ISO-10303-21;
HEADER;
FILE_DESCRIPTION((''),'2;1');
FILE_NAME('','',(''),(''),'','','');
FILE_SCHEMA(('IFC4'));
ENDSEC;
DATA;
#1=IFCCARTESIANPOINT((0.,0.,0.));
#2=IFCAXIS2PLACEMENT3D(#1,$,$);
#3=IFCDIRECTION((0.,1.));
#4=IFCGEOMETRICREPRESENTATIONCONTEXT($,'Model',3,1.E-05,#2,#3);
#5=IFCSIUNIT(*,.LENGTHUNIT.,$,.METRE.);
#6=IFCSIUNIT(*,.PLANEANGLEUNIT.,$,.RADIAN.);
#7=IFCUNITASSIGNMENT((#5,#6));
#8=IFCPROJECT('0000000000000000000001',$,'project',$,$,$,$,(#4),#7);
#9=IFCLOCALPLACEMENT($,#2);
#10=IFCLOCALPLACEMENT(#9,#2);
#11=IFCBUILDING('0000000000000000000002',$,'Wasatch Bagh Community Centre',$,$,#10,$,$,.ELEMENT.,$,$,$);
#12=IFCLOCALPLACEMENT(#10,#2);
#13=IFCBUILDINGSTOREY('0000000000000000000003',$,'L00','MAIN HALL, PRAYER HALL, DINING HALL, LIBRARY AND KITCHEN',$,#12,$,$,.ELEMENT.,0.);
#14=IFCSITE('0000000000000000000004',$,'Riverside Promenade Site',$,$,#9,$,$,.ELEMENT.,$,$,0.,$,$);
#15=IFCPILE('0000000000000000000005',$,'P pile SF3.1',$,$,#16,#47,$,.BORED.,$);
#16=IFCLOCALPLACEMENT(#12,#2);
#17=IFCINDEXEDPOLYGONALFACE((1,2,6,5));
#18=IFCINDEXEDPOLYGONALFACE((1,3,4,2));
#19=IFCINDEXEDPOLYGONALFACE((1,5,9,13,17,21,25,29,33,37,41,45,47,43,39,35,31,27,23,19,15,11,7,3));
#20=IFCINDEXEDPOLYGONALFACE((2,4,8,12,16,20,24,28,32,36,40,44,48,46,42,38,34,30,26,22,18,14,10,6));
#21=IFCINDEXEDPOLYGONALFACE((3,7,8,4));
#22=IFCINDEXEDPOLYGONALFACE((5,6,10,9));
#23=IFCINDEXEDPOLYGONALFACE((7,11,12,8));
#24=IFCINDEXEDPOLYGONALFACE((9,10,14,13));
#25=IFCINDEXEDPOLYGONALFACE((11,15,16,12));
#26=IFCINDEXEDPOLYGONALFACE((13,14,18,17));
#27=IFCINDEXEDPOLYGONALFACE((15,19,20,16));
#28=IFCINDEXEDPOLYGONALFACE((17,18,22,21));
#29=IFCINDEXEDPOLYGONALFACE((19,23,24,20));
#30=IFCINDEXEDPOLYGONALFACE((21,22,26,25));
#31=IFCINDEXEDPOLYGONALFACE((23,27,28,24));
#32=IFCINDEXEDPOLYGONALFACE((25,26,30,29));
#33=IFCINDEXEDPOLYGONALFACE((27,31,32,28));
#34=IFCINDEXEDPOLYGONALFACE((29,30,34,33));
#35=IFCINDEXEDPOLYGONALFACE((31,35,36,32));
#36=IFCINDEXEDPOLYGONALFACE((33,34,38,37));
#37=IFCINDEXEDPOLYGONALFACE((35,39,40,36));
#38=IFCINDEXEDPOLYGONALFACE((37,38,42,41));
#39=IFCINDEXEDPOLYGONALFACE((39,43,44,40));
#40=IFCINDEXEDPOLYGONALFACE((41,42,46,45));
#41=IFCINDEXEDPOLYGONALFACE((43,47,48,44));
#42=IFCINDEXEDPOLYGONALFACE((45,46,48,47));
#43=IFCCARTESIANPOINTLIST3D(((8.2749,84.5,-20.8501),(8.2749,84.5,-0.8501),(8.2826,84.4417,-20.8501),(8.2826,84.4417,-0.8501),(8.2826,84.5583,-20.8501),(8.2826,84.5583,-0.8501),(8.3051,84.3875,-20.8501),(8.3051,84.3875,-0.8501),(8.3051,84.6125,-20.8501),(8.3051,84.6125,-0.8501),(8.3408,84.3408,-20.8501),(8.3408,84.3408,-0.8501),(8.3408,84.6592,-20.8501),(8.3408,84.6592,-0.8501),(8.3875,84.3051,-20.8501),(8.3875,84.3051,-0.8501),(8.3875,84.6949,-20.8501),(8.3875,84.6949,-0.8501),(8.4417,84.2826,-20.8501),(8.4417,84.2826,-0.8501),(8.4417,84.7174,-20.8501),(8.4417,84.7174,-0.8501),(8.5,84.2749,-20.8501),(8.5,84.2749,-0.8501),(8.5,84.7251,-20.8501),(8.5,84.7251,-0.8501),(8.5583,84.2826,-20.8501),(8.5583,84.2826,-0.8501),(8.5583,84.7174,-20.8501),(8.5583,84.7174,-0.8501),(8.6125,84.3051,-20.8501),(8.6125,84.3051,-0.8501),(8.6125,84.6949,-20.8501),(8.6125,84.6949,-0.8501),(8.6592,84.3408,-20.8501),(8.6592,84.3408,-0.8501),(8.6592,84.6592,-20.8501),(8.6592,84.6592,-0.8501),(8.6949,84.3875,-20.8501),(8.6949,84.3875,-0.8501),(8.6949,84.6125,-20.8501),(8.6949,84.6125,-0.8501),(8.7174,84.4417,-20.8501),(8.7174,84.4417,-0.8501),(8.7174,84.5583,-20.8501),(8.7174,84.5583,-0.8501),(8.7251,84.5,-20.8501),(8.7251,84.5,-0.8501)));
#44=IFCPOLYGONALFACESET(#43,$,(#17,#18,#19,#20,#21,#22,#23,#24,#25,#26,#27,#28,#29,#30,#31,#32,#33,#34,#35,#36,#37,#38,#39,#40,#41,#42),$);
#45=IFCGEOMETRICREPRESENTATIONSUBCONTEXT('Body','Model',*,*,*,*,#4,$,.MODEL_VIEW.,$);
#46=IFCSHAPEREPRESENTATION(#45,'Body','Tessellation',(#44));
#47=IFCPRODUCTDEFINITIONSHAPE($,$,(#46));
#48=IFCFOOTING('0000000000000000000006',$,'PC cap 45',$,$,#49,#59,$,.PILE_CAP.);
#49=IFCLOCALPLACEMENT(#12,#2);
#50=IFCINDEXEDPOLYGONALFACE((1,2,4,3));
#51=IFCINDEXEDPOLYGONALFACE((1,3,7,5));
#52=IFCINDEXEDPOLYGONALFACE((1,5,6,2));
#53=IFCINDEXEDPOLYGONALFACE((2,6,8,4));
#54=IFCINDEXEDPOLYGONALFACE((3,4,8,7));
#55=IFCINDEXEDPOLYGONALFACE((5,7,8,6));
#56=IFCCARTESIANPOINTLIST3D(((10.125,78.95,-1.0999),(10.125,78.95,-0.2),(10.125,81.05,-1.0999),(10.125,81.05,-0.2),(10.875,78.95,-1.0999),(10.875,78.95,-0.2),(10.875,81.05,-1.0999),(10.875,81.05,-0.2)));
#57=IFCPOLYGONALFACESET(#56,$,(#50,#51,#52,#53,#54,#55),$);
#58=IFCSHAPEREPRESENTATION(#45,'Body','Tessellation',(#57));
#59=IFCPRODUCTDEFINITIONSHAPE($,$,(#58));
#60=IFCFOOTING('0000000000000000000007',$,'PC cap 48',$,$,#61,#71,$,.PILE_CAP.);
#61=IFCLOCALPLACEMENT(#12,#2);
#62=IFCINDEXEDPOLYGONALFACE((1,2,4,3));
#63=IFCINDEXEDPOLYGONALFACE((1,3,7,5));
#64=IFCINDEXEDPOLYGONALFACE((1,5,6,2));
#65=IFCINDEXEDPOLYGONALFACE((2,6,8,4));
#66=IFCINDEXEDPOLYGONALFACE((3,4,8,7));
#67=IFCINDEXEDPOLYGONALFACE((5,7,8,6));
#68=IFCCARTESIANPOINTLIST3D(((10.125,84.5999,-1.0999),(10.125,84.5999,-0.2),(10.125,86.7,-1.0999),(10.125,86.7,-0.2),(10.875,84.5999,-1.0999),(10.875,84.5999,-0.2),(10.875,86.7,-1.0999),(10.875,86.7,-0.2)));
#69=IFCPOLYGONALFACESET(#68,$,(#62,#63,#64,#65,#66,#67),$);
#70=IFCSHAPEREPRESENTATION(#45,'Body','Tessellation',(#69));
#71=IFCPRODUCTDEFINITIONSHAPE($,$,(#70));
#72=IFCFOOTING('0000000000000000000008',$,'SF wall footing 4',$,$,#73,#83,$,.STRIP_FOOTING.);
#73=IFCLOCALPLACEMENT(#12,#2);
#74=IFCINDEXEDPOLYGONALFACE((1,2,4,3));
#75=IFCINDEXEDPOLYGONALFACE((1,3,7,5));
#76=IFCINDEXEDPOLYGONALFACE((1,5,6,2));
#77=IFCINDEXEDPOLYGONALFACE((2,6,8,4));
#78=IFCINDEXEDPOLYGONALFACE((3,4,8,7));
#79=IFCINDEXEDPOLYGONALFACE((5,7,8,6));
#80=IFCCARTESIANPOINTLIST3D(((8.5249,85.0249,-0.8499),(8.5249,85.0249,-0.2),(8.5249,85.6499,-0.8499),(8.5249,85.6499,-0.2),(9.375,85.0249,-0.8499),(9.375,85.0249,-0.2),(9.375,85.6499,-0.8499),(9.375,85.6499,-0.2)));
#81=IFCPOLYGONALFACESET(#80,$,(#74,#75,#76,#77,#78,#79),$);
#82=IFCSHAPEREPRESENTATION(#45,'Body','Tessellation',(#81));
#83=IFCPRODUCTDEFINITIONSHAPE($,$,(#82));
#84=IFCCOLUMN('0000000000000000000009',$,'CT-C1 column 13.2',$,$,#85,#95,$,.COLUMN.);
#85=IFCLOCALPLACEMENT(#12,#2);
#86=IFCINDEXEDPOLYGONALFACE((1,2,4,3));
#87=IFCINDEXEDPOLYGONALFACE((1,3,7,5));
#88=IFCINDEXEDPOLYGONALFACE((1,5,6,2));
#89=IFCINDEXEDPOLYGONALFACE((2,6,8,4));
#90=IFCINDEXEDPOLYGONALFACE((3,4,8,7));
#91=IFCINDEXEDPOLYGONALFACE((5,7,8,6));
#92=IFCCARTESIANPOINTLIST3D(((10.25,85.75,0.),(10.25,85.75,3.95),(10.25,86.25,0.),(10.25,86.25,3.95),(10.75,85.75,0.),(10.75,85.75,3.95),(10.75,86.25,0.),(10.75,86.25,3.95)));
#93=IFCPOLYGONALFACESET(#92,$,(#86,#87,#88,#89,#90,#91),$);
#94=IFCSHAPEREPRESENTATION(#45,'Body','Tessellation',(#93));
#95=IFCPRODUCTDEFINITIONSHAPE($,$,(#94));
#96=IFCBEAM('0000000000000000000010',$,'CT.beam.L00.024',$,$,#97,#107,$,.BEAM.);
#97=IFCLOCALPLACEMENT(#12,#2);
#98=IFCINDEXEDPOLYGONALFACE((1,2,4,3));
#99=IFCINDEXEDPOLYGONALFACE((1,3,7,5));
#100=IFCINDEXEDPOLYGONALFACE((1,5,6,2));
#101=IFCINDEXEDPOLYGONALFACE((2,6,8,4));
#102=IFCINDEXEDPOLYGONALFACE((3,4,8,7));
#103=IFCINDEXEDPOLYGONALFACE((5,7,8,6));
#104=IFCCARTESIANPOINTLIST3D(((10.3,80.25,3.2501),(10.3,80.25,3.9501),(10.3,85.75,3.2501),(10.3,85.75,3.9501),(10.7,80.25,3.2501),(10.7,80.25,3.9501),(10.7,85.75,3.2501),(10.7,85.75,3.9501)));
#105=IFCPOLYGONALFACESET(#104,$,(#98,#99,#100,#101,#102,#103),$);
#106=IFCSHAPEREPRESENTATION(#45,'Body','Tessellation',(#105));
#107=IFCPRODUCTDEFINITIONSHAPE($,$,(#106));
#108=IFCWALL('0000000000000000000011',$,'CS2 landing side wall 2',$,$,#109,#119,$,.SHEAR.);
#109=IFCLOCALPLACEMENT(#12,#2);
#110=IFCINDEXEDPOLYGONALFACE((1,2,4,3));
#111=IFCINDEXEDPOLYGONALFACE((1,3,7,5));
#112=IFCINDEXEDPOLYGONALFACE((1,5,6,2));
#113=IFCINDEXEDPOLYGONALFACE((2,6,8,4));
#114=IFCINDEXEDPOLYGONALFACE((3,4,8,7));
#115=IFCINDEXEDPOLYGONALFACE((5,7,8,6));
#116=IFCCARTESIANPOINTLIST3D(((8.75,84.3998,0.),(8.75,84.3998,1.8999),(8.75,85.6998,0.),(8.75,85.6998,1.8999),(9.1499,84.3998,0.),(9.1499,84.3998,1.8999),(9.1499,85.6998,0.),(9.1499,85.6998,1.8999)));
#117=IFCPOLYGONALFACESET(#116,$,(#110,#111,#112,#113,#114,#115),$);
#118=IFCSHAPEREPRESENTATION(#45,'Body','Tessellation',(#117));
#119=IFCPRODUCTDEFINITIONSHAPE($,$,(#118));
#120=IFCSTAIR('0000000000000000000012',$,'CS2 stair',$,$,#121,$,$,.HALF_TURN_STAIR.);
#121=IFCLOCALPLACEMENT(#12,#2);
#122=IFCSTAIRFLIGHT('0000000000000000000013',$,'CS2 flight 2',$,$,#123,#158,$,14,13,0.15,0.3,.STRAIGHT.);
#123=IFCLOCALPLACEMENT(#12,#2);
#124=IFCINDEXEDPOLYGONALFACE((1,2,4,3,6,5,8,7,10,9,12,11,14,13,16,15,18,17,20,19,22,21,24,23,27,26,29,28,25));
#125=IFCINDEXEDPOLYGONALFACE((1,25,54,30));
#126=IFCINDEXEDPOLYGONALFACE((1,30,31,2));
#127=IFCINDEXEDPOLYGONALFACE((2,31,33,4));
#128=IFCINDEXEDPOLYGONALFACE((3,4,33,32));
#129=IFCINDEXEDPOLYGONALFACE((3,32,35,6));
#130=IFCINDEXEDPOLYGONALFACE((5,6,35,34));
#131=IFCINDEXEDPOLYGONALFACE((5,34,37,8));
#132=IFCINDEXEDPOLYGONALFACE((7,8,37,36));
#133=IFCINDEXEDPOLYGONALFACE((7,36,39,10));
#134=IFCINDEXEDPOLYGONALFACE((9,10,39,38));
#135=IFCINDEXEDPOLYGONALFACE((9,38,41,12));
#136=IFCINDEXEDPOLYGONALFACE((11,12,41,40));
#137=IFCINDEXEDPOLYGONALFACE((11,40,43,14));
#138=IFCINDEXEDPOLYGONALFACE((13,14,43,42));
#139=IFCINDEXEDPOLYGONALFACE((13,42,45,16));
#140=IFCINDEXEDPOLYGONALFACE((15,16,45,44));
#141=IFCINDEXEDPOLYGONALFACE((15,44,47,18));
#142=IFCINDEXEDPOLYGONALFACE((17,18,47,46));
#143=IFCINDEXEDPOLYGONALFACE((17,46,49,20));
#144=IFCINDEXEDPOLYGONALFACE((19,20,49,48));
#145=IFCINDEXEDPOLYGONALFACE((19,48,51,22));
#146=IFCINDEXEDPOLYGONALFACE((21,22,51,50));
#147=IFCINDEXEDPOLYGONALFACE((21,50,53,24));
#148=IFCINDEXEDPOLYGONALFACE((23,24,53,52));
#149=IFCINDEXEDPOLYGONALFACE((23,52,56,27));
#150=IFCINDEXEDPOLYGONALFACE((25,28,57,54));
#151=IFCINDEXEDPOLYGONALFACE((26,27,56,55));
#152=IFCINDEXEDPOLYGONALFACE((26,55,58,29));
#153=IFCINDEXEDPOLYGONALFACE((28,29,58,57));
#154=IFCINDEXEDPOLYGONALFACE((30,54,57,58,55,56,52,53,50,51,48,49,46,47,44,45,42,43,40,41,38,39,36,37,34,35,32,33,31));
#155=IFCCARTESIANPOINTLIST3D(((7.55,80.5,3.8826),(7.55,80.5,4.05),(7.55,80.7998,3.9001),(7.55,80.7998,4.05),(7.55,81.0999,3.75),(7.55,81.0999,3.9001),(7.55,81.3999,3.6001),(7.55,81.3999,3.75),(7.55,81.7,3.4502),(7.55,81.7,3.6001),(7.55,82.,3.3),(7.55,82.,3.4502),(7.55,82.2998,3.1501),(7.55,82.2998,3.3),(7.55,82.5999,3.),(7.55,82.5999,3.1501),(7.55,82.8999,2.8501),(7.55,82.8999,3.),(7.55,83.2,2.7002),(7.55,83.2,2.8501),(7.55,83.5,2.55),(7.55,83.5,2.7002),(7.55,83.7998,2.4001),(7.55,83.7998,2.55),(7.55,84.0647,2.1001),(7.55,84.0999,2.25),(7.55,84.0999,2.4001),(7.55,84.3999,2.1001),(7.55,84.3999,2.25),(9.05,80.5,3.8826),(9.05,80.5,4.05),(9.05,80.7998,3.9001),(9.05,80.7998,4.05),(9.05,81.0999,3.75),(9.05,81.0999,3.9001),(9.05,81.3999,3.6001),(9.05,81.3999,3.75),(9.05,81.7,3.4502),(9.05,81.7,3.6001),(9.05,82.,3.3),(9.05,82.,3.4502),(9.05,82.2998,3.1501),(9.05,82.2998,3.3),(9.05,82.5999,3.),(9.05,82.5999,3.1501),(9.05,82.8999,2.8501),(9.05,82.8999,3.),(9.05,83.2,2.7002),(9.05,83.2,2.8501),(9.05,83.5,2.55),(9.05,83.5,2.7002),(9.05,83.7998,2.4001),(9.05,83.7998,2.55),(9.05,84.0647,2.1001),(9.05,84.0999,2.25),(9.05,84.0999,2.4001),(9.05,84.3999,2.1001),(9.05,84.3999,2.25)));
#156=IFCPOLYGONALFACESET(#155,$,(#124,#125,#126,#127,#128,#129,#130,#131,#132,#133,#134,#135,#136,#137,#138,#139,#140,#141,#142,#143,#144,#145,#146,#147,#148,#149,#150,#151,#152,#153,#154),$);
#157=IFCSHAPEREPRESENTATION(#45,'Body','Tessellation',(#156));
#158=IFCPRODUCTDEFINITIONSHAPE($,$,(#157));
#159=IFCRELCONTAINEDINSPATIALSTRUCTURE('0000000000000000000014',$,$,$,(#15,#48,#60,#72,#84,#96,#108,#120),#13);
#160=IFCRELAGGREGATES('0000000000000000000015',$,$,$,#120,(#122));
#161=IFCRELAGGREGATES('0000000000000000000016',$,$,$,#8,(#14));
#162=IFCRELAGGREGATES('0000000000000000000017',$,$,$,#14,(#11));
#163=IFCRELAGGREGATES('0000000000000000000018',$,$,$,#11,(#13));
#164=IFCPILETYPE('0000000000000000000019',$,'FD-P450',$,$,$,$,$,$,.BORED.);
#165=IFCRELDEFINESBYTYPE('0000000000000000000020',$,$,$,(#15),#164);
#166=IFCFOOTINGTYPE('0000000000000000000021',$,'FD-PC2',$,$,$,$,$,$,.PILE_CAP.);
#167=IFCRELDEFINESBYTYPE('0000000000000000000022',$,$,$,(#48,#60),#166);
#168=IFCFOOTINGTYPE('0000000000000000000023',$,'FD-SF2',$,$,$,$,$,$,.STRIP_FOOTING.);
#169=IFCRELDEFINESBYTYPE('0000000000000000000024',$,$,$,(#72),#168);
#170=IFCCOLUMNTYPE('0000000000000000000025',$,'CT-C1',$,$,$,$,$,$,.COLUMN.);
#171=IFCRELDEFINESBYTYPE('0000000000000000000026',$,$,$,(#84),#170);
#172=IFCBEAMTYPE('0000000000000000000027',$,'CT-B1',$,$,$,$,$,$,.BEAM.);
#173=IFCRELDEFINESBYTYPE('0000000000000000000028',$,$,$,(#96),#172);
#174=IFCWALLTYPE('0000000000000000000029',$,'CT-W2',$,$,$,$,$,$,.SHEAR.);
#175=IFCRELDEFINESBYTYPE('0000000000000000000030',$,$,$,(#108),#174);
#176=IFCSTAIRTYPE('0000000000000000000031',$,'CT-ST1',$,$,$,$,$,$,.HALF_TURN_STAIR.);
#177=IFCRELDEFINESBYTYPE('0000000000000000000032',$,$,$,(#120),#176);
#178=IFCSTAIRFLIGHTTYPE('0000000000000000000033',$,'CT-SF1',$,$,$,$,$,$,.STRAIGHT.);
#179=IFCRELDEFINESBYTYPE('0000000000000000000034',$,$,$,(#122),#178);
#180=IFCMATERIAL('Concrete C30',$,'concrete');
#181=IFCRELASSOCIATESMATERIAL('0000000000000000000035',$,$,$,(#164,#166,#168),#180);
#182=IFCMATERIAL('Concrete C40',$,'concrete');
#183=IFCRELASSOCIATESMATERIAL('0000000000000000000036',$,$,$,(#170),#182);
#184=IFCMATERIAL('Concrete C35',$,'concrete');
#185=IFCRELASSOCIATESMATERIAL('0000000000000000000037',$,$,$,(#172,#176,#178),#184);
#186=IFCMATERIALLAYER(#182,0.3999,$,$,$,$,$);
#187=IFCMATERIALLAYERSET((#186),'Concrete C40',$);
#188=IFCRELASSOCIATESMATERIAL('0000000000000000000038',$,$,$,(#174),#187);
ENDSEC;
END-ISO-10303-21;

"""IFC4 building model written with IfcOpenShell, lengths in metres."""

from ifc_helpers import new_model, si_unit, direction, frame, frame_2d, origin, origin_2d, place, context, subcontext, project, spatial, polyline, rectangle, circle, outline, extrude, material, layer, layer_set, material_profile, profile_set, type_object, element, aggregate, save


model = new_model("IFC4")

# Units and contexts
model_context = context("Model", 3, precision=1e-05, world=origin(), true_north=direction((0.0, 1.0)))
body_context = subcontext(model_context, "Body", "Model", "MODEL_VIEW")
ifc_project = project(units=[si_unit("LENGTHUNIT", "METRE"), si_unit("PLANEANGLEUNIT", "RADIAN")], contexts=[model_context])

# Site, building, storey
site_placement = place(None, origin())
site = spatial("IfcSite", under=ifc_project, at=site_placement, Name="Riverside Promenade Site", CompositionType="ELEMENT", RefElevation=0.0)
building_placement = place(site_placement, origin())
building = spatial("IfcBuilding", under=site, at=building_placement, Name="Wasatch Bagh Community Centre", CompositionType="ELEMENT")
storey_placement = place(building_placement, origin())
storey = spatial("IfcBuildingStorey", under=building, at=storey_placement, Name="L00", Description="MAIN HALL, PRAYER HALL, DINING HALL, LIBRARY AND KITCHEN", CompositionType="ELEMENT", Elevation=0.0)

# Shared definitions
ifc_material_1 = material(Name="Concrete C35", Category="concrete")

# Pile
ifc_material_2 = material(Name="Concrete C30", Category="concrete")
ifc_material_profile_1 = material_profile(ifc_material_2, circle(Radius=0.2251, at=origin_2d()), Name="RC D450")
ifc_profile_set_1 = profile_set([ifc_material_profile_1], Name="Concrete C30")
pile_type = type_object("IfcPileType", Name="FD-P450", PredefinedType="BORED", material=ifc_profile_set_1)
for number, where, z_axis, x_axis, name in (
    (1, (8.5, 84.5, -0.8501), (0.0, 0.0, -1.0), (1.0, 0.0, 0.0), "P pile SF3.1"),
):
    element("IfcPile", number, at=place(storey_placement, frame(where, z_axis=z_axis, x_axis=x_axis)), inside=storey, type_object=pile_type, Name=name, PredefinedType="BORED", context=body_context, shape_type="SweptSolid", body=[
        extrude(circle(Radius=0.2251, at=origin_2d()), origin(), (0.0, 0.0, 1.0), 20.0),
    ])

# Footings
footing_type_1 = type_object("IfcFootingType", Name="FD-PC2", PredefinedType="PILE_CAP", material=ifc_material_2)
for number, where, z_axis, x_axis, name in (
    (2, (10.5, 80.0, -1.0999), (0.0, 0.0, 1.0), (0.0, 1.0, 0.0), "PC cap 45"),
    (3, (10.5, 85.6499, -1.0999), (0.0, 0.0, 1.0), (0.0, 1.0, 0.0), "PC cap 48"),
):
    element("IfcFooting", number, at=place(storey_placement, frame(where, z_axis=z_axis, x_axis=x_axis)), inside=storey, type_object=footing_type_1, Name=name, PredefinedType="PILE_CAP", context=body_context, shape_type="SweptSolid", body=[
        extrude(rectangle(XDim=2.1001, YDim=0.75, at=origin_2d()), origin(), (0.0, 0.0, 1.0), 0.8999),
    ])
footing_type_2 = type_object("IfcFootingType", Name="FD-SF2", PredefinedType="STRIP_FOOTING", material=ifc_material_2)
footing_1_placement = place(storey_placement, frame((8.95, 85.3374, -0.8499), z_axis=(0.0, 0.0, 1.0), x_axis=(0.0, 1.0, 0.0)))
element("IfcFooting", 4, at=footing_1_placement, inside=storey, type_object=footing_type_2, Name="SF wall footing 4", PredefinedType="STRIP_FOOTING", context=body_context, shape_type="SweptSolid", body=[
    extrude(rectangle(XDim=0.625, YDim=0.8501, at=origin_2d()), origin(), (0.0, 0.0, 1.0), 0.6499),
])

# Column
ifc_material_3 = material(Name="Concrete C40", Category="concrete")
ifc_material_profile_2 = material_profile(ifc_material_3, rectangle(XDim=0.5, YDim=0.5, at=origin_2d()), Name="RC 500x500")
ifc_profile_set_2 = profile_set([ifc_material_profile_2], Name="Concrete C40")
column_type = type_object("IfcColumnType", Name="CT-C1", PredefinedType="COLUMN", material=ifc_profile_set_2)
column_placement = place(storey_placement, frame((10.5, 86.0, 0.0), z_axis=(0.0, 0.0, 1.0), x_axis=(1.0, 0.0, 0.0)))
element("IfcColumn", 5, at=column_placement, inside=storey, type_object=column_type, Name="CT-C1 column 13.2", PredefinedType="COLUMN", context=body_context, shape_type="SweptSolid", body=[
    extrude(rectangle(XDim=0.5, YDim=0.5, at=origin_2d()), origin(), (0.0, 0.0, 1.0), 3.95),
])

# Beam
ifc_material_profile_3 = material_profile(ifc_material_1, rectangle(XDim=0.3999, YDim=0.7, at=origin_2d()), Name="RC 400x700")
ifc_profile_set_3 = profile_set([ifc_material_profile_3], Name="Concrete C35")
beam_type = type_object("IfcBeamType", Name="CT-B1", PredefinedType="BEAM", material=ifc_profile_set_3)
beam_placement = place(storey_placement, frame((10.5, 80.25, 3.6001), z_axis=(0.0, 1.0, 0.0), x_axis=(-1.0, 0.0, 0.0)))
element("IfcBeam", 6, at=beam_placement, inside=storey, type_object=beam_type, Name="CT.beam.L00.024", PredefinedType="BEAM", context=body_context, shape_type="SweptSolid", body=[
    extrude(rectangle(XDim=0.3999, YDim=0.7, at=origin_2d()), origin(), (0.0, 0.0, 1.0), 5.5),
])

# Wall
ifc_layer_1 = layer(ifc_material_3, 0.3999)
ifc_layer_set_1 = layer_set([ifc_layer_1], Name="Concrete C40")
wall_type = type_object("IfcWallType", Name="CT-W2", PredefinedType="SHEAR", material=ifc_layer_set_1)
wall_placement = place(storey_placement, frame((8.95, 84.3999, 0.0), z_axis=(0.0, 0.0, 1.0), x_axis=(0.0, 1.0, 0.0)))
element("IfcWall", 7, at=wall_placement, inside=storey, type_object=wall_type, Name="CS2 landing side wall 2", PredefinedType="SHEAR", context=body_context, shape_type="SweptSolid", body=[
    extrude(rectangle(XDim=1.3, YDim=0.3999, at=frame_2d((0.6499, 0.0))), origin(), (0.0, 0.0, 1.0), 1.8999),
])

# Stair, stair flight
stair_type = type_object("IfcStairType", Name="CT-ST1", PredefinedType="HALF_TURN_STAIR", material=ifc_material_1)
stair_placement = place(storey_placement, origin())
stair = element("IfcStair", 8, at=stair_placement, inside=storey, type_object=stair_type, Name="CS2 stair", PredefinedType="HALF_TURN_STAIR")
stair_flight_type = type_object("IfcStairFlightType", Name="CT-SF1", PredefinedType="STRAIGHT", material=ifc_material_1)
stair_flight_placement = place(storey_placement, frame((8.3, 84.3999, 2.1001), z_axis=(0.0, 0.0, 1.0), x_axis=(0.0, -1.0, 0.0)))
stair_flight = element("IfcStairFlight", 9, at=stair_flight_placement, type_object=stair_flight_type, Name="CS2 flight 2", NumberOfRisers=14, NumberOfTreads=13, PredefinedType="STRAIGHT", RiserHeight=0.15, TreadLength=0.3, context=body_context, shape_type="SweptSolid", body=[
    extrude(outline(polyline([(0.0, 0.0), (0.0, 0.1499), (0.3, 0.1499), (0.3, 0.3), (0.6001, 0.3), (0.6001, 0.45), (0.8999, 0.45), (0.8999, 0.6001), (1.2, 0.6001), (1.2, 0.75), (1.5, 0.75), (1.5, 0.8999), (1.8, 0.8999), (1.8, 1.05), (2.1001, 1.05), (2.1001, 1.2), (2.3999, 1.2), (2.3999, 1.3501), (2.7, 1.3501), (2.7, 1.5), (3.0, 1.5), (3.0, 1.6499), (3.3, 1.6499), (3.3, 1.8), (3.6001, 1.8), (3.6001, 1.95), (3.8999, 1.95), (3.8999, 2.1001), (3.8999, 1.7825), (0.3352, 0.0), (0.0, 0.0)])), frame((0.0, 0.75, 0.0), z_axis=(0.0, -1.0, 0.0), x_axis=(1.0, 0.0, 0.0)), (0.0, 0.0, 1.0), 1.5),
])
aggregate(stair, [stair_flight])

save(model, "model.ifc")
